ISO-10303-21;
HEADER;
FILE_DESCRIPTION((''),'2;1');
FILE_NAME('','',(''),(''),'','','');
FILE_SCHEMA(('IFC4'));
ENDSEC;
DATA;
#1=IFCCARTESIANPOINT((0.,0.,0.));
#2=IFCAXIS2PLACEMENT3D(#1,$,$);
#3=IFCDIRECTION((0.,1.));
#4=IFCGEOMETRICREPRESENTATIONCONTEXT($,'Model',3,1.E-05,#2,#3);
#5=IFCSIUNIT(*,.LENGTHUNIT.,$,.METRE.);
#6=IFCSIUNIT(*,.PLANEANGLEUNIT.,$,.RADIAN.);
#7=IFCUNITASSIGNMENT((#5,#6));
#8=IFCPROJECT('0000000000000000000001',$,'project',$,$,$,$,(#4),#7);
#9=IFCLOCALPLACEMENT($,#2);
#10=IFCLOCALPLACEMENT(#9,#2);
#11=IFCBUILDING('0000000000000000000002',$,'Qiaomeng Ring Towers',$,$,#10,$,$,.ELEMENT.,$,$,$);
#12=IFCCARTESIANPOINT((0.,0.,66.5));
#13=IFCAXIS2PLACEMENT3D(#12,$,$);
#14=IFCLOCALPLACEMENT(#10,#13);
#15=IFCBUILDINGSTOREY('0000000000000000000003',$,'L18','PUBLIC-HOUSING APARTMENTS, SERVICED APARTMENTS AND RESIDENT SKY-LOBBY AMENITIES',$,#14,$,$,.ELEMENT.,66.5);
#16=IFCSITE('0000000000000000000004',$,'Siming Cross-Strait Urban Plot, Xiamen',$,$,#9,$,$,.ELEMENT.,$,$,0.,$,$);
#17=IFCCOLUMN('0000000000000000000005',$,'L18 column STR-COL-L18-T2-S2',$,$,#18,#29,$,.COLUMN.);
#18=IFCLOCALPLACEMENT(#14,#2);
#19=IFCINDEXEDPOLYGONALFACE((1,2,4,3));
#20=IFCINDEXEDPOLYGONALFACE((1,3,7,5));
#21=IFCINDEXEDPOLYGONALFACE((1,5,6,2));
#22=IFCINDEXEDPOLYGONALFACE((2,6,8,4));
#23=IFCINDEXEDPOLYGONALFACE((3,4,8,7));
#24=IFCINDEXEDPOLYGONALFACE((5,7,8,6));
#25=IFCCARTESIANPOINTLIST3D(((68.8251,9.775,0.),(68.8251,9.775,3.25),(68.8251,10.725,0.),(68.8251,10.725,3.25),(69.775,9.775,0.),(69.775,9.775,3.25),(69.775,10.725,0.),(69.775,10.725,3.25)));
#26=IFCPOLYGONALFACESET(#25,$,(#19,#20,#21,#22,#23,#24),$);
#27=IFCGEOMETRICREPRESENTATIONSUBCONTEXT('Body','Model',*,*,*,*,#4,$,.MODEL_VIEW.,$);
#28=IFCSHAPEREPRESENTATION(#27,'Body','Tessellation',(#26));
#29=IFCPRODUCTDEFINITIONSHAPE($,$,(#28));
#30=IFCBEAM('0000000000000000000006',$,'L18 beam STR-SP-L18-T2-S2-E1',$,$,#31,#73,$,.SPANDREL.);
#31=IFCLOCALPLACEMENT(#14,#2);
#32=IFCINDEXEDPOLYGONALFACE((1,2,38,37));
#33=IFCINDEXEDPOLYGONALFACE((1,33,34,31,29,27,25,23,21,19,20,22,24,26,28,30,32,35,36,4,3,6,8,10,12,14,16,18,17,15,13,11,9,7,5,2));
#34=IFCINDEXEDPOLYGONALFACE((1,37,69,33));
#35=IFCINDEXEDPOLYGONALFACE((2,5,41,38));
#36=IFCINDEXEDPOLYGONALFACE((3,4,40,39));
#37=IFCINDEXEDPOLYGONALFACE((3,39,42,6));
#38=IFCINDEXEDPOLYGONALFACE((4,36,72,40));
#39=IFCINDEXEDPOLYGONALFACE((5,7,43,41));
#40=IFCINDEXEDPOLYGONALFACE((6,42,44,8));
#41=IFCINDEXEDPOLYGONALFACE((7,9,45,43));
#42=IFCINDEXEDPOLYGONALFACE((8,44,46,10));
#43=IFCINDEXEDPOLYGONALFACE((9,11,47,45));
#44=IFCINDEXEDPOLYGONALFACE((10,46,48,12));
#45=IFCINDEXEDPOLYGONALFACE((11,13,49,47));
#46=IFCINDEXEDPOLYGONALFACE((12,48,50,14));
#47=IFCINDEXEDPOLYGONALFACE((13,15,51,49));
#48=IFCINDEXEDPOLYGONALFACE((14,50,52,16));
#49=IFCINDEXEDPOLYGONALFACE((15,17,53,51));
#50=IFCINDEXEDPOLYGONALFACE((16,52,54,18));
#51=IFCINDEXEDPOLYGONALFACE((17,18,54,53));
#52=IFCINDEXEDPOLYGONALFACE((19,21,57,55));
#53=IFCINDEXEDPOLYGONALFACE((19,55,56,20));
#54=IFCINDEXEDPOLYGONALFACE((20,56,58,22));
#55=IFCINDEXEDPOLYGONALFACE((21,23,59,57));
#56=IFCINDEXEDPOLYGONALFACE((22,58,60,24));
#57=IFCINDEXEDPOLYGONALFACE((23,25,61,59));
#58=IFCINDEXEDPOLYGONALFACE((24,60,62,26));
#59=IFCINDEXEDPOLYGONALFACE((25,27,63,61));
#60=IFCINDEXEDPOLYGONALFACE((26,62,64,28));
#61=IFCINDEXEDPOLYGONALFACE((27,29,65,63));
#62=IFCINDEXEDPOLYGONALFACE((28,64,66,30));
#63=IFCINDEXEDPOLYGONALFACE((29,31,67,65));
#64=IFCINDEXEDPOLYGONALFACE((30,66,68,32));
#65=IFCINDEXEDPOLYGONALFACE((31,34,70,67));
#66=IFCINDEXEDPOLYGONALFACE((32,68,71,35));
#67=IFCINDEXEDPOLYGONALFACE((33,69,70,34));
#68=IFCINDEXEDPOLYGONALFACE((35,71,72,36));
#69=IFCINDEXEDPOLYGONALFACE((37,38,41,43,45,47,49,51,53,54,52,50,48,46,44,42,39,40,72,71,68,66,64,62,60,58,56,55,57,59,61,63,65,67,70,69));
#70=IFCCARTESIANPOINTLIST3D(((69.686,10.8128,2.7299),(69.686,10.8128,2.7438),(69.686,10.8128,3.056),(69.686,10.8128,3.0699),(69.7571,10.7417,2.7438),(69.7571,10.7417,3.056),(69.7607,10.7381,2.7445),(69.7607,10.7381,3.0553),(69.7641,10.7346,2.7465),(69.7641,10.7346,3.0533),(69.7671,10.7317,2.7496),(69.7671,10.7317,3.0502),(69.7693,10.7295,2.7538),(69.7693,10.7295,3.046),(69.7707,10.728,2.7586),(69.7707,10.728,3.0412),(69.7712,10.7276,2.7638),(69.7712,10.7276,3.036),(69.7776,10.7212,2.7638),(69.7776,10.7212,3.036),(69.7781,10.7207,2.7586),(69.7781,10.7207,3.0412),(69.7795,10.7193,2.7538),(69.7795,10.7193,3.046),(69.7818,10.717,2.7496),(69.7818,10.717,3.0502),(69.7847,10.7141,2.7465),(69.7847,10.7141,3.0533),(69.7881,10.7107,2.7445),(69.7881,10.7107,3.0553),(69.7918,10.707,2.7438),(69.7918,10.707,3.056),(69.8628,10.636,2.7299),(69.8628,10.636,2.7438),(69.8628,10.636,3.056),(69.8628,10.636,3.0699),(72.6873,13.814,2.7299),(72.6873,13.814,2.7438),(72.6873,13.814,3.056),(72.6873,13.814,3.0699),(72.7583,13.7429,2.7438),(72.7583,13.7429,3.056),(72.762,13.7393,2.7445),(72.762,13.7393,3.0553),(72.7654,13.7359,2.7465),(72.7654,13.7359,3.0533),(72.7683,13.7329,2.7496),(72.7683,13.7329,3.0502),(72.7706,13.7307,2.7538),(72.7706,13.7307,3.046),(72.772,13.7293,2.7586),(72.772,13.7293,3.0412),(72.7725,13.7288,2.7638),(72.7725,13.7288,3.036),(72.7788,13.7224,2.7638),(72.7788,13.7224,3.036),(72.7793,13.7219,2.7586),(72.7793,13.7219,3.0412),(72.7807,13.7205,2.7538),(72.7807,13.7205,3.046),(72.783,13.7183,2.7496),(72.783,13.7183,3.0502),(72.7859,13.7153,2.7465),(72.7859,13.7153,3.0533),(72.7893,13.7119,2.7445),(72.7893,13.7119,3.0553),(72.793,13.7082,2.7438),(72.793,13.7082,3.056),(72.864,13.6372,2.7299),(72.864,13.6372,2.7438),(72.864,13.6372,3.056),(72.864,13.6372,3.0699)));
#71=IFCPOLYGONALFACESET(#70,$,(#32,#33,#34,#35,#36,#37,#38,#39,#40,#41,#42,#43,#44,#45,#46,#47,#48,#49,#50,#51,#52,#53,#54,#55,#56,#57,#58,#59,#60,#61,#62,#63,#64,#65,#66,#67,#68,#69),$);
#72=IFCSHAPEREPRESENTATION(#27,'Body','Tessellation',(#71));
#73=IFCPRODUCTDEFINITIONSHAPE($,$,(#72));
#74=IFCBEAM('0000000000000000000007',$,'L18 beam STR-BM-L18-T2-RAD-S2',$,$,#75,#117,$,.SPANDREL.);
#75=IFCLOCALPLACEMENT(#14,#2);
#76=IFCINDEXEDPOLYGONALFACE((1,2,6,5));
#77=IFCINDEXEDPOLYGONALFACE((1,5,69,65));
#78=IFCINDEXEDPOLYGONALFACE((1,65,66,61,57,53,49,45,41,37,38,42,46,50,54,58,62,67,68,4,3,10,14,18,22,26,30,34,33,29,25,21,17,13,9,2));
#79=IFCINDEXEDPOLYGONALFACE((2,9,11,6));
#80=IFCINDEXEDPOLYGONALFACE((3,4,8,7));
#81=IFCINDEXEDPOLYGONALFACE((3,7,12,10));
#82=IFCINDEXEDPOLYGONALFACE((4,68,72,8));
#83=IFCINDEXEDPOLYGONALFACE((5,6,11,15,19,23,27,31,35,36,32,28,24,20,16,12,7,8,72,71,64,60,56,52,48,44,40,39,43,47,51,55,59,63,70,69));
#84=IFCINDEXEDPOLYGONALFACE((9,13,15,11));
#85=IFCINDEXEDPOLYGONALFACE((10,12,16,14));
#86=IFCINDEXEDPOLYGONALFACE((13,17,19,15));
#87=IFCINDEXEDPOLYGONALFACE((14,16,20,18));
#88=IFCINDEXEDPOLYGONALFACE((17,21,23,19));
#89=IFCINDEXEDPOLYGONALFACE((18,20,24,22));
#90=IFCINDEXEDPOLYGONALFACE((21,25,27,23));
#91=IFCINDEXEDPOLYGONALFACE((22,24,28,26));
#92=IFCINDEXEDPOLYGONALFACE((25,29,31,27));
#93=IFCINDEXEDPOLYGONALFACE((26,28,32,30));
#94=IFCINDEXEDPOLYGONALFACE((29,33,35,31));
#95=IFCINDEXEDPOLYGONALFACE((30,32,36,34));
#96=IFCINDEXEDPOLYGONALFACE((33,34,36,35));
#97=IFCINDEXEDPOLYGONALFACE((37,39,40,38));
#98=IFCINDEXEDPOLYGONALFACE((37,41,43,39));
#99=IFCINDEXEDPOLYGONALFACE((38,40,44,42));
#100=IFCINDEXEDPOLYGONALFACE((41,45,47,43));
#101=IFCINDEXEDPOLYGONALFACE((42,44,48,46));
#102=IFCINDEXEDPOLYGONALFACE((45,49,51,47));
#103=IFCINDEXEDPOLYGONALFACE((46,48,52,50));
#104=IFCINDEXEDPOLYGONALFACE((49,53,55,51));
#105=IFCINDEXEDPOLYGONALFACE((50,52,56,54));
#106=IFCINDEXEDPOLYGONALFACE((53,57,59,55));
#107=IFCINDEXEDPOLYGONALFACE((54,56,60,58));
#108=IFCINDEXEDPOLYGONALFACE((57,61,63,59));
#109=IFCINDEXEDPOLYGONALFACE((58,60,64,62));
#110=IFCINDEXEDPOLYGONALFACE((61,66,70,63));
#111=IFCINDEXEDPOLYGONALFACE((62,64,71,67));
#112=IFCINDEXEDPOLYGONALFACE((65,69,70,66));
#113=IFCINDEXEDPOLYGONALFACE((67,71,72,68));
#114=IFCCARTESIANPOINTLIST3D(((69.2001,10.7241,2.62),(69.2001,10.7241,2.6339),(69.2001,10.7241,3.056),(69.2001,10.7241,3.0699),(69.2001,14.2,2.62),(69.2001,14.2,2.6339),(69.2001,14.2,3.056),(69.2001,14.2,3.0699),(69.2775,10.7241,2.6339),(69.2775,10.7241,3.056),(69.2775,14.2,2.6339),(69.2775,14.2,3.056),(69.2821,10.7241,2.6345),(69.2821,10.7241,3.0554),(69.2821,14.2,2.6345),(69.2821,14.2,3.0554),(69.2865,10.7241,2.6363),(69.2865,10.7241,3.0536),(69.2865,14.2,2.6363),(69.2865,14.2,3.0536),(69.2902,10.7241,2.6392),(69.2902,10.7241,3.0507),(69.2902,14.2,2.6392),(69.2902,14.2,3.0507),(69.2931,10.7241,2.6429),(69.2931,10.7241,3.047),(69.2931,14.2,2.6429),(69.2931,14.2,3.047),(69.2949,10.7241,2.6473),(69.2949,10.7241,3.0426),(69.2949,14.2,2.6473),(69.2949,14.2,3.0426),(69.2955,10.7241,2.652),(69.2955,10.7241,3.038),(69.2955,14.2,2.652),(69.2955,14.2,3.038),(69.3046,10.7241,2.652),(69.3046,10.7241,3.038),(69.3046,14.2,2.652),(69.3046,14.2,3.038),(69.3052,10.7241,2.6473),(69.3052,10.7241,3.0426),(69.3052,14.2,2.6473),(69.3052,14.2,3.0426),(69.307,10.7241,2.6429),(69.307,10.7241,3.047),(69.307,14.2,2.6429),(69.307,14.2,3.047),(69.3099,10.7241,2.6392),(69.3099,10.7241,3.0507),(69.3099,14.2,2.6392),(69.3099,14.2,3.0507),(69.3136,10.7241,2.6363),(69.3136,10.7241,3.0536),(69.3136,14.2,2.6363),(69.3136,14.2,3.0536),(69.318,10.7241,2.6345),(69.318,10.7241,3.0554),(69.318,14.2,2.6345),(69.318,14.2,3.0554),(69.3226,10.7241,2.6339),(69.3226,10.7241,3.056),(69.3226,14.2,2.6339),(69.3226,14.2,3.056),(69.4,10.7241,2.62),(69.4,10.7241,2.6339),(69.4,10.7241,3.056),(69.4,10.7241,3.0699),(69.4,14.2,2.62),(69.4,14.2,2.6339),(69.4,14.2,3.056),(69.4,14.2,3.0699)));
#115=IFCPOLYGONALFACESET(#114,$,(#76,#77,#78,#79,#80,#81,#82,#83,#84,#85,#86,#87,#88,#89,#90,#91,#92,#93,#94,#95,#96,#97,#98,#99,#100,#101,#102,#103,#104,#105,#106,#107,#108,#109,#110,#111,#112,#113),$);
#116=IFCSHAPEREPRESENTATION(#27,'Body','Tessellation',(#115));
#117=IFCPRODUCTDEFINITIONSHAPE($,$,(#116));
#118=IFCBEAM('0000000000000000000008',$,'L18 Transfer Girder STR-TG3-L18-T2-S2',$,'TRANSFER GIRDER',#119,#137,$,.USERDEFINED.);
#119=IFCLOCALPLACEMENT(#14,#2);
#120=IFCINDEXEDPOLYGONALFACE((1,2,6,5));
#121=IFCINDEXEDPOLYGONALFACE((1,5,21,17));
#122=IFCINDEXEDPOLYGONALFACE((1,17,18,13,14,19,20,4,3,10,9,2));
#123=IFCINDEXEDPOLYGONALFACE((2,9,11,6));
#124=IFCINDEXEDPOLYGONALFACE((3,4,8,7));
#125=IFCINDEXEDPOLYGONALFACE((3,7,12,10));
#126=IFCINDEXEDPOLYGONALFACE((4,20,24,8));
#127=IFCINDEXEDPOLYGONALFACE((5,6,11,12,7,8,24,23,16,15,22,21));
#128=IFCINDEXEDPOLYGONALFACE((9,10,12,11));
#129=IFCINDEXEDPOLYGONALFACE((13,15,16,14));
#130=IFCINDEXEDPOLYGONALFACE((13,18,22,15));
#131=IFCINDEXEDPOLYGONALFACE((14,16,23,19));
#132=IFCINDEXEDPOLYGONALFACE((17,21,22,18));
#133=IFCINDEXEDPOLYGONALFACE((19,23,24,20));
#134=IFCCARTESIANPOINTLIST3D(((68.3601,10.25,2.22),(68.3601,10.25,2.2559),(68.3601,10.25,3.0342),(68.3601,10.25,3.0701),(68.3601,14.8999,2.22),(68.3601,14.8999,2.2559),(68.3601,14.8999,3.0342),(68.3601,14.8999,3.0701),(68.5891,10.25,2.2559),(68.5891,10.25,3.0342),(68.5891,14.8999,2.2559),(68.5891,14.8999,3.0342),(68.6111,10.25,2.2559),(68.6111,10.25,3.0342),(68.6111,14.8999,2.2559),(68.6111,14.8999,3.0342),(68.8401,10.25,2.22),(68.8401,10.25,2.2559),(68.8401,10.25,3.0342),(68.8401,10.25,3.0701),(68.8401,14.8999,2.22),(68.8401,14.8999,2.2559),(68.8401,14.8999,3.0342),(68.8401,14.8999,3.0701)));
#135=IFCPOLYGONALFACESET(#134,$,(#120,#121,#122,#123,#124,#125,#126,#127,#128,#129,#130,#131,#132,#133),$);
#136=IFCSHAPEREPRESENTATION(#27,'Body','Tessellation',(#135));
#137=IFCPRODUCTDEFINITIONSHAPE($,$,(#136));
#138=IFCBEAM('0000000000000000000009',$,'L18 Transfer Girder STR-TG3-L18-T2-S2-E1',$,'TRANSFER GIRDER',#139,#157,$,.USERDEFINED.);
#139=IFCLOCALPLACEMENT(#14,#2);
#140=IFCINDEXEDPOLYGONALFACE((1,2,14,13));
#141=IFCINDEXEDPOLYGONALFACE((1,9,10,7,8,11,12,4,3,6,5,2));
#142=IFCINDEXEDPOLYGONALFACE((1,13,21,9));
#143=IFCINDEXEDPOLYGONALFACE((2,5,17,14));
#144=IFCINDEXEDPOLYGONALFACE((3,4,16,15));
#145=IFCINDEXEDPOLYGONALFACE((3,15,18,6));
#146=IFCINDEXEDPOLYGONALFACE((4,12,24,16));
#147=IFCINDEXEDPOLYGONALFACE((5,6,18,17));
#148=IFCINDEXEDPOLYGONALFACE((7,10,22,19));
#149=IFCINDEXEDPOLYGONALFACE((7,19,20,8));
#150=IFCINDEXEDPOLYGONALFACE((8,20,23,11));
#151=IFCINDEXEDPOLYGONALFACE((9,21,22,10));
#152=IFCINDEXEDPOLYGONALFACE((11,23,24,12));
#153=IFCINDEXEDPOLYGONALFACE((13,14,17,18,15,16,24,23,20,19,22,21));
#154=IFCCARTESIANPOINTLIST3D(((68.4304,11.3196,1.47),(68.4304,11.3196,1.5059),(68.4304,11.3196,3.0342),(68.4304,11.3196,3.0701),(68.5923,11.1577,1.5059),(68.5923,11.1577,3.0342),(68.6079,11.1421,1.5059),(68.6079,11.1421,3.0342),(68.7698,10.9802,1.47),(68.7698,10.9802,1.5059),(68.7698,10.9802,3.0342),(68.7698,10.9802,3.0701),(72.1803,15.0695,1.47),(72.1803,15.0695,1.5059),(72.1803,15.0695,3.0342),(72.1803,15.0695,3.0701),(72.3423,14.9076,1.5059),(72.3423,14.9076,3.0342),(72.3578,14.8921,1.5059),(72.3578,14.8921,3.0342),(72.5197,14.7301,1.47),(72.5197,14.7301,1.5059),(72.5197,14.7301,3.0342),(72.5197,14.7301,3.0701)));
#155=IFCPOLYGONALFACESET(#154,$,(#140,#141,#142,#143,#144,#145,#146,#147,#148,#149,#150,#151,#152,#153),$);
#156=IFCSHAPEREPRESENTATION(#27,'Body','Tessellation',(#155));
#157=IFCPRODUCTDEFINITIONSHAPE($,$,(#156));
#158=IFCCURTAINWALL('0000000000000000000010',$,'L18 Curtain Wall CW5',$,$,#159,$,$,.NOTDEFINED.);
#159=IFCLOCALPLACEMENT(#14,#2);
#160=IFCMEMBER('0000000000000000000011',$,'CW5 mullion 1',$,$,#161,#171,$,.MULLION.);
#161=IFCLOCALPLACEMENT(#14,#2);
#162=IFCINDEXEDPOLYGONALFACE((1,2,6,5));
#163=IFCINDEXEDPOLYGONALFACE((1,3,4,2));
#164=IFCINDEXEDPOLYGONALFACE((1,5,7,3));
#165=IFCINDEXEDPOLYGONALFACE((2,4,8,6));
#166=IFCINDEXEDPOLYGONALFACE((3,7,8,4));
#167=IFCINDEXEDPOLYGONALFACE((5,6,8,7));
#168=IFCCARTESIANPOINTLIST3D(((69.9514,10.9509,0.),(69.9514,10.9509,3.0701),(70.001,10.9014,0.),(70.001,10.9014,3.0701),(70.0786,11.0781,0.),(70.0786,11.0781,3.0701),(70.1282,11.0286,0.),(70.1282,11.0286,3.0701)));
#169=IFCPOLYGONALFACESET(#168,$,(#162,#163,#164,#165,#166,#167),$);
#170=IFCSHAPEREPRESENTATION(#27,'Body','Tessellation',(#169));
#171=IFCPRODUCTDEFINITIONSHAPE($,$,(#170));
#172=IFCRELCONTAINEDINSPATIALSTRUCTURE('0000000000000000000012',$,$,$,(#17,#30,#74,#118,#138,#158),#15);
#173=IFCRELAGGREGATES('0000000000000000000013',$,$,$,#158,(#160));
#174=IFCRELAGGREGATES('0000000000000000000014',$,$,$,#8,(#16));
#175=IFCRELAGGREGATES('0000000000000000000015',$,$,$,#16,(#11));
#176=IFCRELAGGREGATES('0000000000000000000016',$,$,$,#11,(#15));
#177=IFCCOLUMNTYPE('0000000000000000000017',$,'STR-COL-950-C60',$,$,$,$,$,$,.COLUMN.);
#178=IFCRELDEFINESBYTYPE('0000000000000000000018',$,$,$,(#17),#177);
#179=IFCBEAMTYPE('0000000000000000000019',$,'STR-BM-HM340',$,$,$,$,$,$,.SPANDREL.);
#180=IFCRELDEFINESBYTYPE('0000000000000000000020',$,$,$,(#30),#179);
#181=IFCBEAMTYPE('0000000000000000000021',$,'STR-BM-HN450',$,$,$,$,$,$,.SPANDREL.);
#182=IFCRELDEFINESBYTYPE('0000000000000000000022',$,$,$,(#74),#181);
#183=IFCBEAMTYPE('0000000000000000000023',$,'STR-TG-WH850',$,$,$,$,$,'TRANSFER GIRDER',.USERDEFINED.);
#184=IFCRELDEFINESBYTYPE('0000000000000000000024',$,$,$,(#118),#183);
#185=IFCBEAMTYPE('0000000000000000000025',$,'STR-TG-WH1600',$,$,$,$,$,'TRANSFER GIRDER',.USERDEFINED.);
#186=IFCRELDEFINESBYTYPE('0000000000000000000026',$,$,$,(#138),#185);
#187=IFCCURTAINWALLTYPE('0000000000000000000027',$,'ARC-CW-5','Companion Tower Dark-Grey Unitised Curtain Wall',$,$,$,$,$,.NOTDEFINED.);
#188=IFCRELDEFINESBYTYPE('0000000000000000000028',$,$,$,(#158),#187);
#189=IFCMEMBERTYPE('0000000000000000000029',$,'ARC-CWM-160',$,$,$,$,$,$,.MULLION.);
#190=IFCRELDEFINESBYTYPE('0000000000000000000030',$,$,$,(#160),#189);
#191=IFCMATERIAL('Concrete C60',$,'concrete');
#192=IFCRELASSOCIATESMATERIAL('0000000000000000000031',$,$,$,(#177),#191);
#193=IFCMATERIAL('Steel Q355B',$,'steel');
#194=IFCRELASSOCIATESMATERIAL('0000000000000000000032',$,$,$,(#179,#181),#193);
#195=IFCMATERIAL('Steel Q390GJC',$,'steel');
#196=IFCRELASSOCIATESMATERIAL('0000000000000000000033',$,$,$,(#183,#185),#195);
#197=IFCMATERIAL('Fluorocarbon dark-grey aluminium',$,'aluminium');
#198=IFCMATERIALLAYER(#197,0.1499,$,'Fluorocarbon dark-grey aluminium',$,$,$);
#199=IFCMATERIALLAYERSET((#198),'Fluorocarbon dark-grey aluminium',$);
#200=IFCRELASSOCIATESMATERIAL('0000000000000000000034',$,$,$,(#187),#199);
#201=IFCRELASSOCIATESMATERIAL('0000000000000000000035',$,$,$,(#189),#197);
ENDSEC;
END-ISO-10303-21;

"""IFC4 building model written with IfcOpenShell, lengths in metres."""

from ifc_helpers import new_model, si_unit, direction, frame, origin, origin_2d, place, context, subcontext, project, spatial, rectangle, i_section, extrude, source, transform, mapped, material, layer, layer_set, material_profile, profile_set, type_object, element, aggregate, save


model = new_model("IFC4")

# Units and contexts
model_context = context("Model", 3, precision=1e-05, world=origin(), true_north=direction((0.0, 1.0)))
body_context = subcontext(model_context, "Body", "Model", "MODEL_VIEW")
ifc_project = project(units=[si_unit("LENGTHUNIT", "METRE"), si_unit("PLANEANGLEUNIT", "RADIAN")], contexts=[model_context])

# Site, building, storey
site_placement = place(None, origin())
site = spatial("IfcSite", under=ifc_project, at=site_placement, Name="Siming Cross-Strait Urban Plot, Xiamen", CompositionType="ELEMENT", RefElevation=0.0)
building_placement = place(site_placement, origin())
building = spatial("IfcBuilding", under=site, at=building_placement, Name="Qiaomeng Ring Towers", CompositionType="ELEMENT")
storey_placement = place(building_placement, frame((0.0, 0.0, 66.5)))
storey = spatial("IfcBuildingStorey", under=building, at=storey_placement, Name="L18", Description="PUBLIC-HOUSING APARTMENTS, SERVICED APARTMENTS AND RESIDENT SKY-LOBBY AMENITIES", CompositionType="ELEMENT", Elevation=66.5)

# Column
ifc_material_1 = material(Name="Concrete C60", Category="concrete")
ifc_material_profile_1 = material_profile(ifc_material_1, rectangle(XDim=0.95, YDim=0.95, at=origin_2d()), Name="RC COL 950x950")
ifc_profile_set_1 = profile_set([ifc_material_profile_1], Name="Concrete C60")
column_type = type_object("IfcColumnType", Name="STR-COL-950-C60", PredefinedType="COLUMN", material=ifc_profile_set_1)
shared_shape_1 = source(origin(), body_context, "Body", "SweptSolid", [
    extrude(rectangle(XDim=0.95, YDim=0.95, at=origin_2d()), origin(), (0.0, 0.0, 1.0), 3.25),
])
column_placement = place(storey_placement, frame((69.3, 10.25, 0.0), z_axis=(0.0, 0.0, 1.0), x_axis=(1.0, 0.0, 0.0)))
element("IfcColumn", 1, at=column_placement, inside=storey, type_object=column_type, Name="L18 column STR-COL-L18-T2-S2", PredefinedType="COLUMN", context=body_context, shape_type="MappedRepresentation", body=[
    mapped(shared_shape_1, transform((0.0, 0.0, 0.0), x_axis=(1.0, 0.0, 0.0), y_axis=(0.0, 1.0, 0.0), z_axis=(0.0, 0.0, 1.0), scale=1.0)),
])

# Beams
ifc_material_2 = material(Name="Steel Q355B", Category="steel")
ifc_material_profile_2 = material_profile(ifc_material_2, i_section(OverallWidth=0.25, OverallDepth=0.3401, WebThickness=0.009, FlangeThickness=0.0139, FilletRadius=0.02, at=origin_2d()), Name="HM 340x250x9x14")
ifc_profile_set_2 = profile_set([ifc_material_profile_2], Name="Steel Q355B")
beam_type_1 = type_object("IfcBeamType", Name="STR-BM-HM340", PredefinedType="SPANDREL", material=ifc_profile_set_2)
shared_shape_2 = source(origin(), body_context, "Body", "SweptSolid", [
    extrude(i_section(OverallWidth=0.25, OverallDepth=0.3401, WebThickness=0.009, FlangeThickness=0.0139, FilletRadius=0.02, at=origin_2d()), origin(), (0.0, 0.0, 1.0), 4.2444),
])
beam_1_placement = place(storey_placement, frame((69.7744, 10.7244, 2.8999), z_axis=(0.707107, 0.707107, 0.0), x_axis=(-0.707107, 0.707107, 0.0)))
element("IfcBeam", 2, at=beam_1_placement, inside=storey, type_object=beam_type_1, Name="L18 beam STR-SP-L18-T2-S2-E1", PredefinedType="SPANDREL", context=body_context, shape_type="MappedRepresentation", body=[
    mapped(shared_shape_2, transform((0.0, 0.0, 0.0), x_axis=(1.0, 0.0, 0.0), y_axis=(0.0, 1.0, 0.0), z_axis=(0.0, 0.0, 1.0), scale=1.0)),
])
ifc_material_profile_3 = material_profile(ifc_material_2, i_section(OverallWidth=0.2, OverallDepth=0.45, WebThickness=0.009, FlangeThickness=0.0139, FilletRadius=0.0181, at=origin_2d()), Name="HN 450x200x9x14")
ifc_profile_set_3 = profile_set([ifc_material_profile_3], Name="Steel Q355B")
beam_type_2 = type_object("IfcBeamType", Name="STR-BM-HN450", PredefinedType="SPANDREL", material=ifc_profile_set_3)
shared_shape_3 = source(origin(), body_context, "Body", "SweptSolid", [
    extrude(i_section(OverallWidth=0.2, OverallDepth=0.45, WebThickness=0.009, FlangeThickness=0.0139, FilletRadius=0.0181, at=origin_2d()), origin(), (0.0, 0.0, 1.0), 3.4758),
])
beam_2_placement = place(storey_placement, frame((69.3, 10.7241, 2.845), z_axis=(0.0, 1.0, 0.0), x_axis=(-1.0, 0.0, 0.0)))
element("IfcBeam", 3, at=beam_2_placement, inside=storey, type_object=beam_type_2, Name="L18 beam STR-BM-L18-T2-RAD-S2", PredefinedType="SPANDREL", context=body_context, shape_type="MappedRepresentation", body=[
    mapped(shared_shape_3, transform((0.0, 0.0, 0.0), x_axis=(1.0, 0.0, 0.0), y_axis=(0.0, 1.0, 0.0), z_axis=(0.0, 0.0, 1.0), scale=1.0)),
])
ifc_material_3 = material(Name="Steel Q390GJC", Category="steel")
ifc_material_profile_4 = material_profile(ifc_material_3, i_section(OverallWidth=0.48, OverallDepth=0.8501, WebThickness=0.022, FlangeThickness=0.0359, at=origin_2d()), Name="WH 850x480x22x36")
ifc_profile_set_4 = profile_set([ifc_material_profile_4], Name="Steel Q390GJC")
beam_type_3 = type_object("IfcBeamType", Name="STR-TG-WH850", ElementType="TRANSFER GIRDER", PredefinedType="USERDEFINED", material=ifc_profile_set_4)
shared_shape_4 = source(origin(), body_context, "Body", "SweptSolid", [
    extrude(i_section(OverallWidth=0.48, OverallDepth=0.8501, WebThickness=0.022, FlangeThickness=0.0359, at=origin_2d()), origin(), (0.0, 0.0, 1.0), 4.6499),
])
beam_3_placement = place(storey_placement, frame((68.6001, 10.25, 2.645), z_axis=(0.0, 1.0, 0.0), x_axis=(-1.0, 0.0, 0.0)))
element("IfcBeam", 4, at=beam_3_placement, inside=storey, type_object=beam_type_3, Name="L18 Transfer Girder STR-TG3-L18-T2-S2", ObjectType="TRANSFER GIRDER", PredefinedType="USERDEFINED", context=body_context, shape_type="MappedRepresentation", body=[
    mapped(shared_shape_4, transform((0.0, 0.0, 0.0), x_axis=(1.0, 0.0, 0.0), y_axis=(0.0, 1.0, 0.0), z_axis=(0.0, 0.0, 1.0), scale=1.0)),
])
ifc_material_profile_5 = material_profile(ifc_material_3, i_section(OverallWidth=0.48, OverallDepth=1.6001, WebThickness=0.022, FlangeThickness=0.0359, at=origin_2d()), Name="WH 1600x480x22x36")
ifc_profile_set_5 = profile_set([ifc_material_profile_5], Name="Steel Q390GJC")
beam_type_4 = type_object("IfcBeamType", Name="STR-TG-WH1600", ElementType="TRANSFER GIRDER", PredefinedType="USERDEFINED", material=ifc_profile_set_5)
shared_shape_5 = source(origin(), body_context, "Body", "SweptSolid", [
    extrude(i_section(OverallWidth=0.48, OverallDepth=1.6001, WebThickness=0.022, FlangeThickness=0.0359, at=origin_2d()), origin(), (0.0, 0.0, 1.0), 5.3032),
])
beam_4_placement = place(storey_placement, frame((68.6001, 11.1499, 2.27), z_axis=(0.707107, 0.707107, 0.0), x_axis=(-0.707107, 0.707107, 0.0)))
element("IfcBeam", 5, at=beam_4_placement, inside=storey, type_object=beam_type_4, Name="L18 Transfer Girder STR-TG3-L18-T2-S2-E1", ObjectType="TRANSFER GIRDER", PredefinedType="USERDEFINED", context=body_context, shape_type="MappedRepresentation", body=[
    mapped(shared_shape_5, transform((0.0, 0.0, 0.0), x_axis=(1.0, 0.0, 0.0), y_axis=(0.0, 1.0, 0.0), z_axis=(0.0, 0.0, 1.0), scale=1.0)),
])

# Curtain wall, member
ifc_material_4 = material(Name="Fluorocarbon dark-grey aluminium", Category="aluminium")
ifc_layer_1 = layer(ifc_material_4, 0.1499, Name="Fluorocarbon dark-grey aluminium")
ifc_layer_set_1 = layer_set([ifc_layer_1], Name="Fluorocarbon dark-grey aluminium")
curtain_wall_type = type_object("IfcCurtainWallType", Name="ARC-CW-5", Description="Companion Tower Dark-Grey Unitised Curtain Wall", PredefinedType="NOTDEFINED", material=ifc_layer_set_1)
curtain_wall_1_placement = place(storey_placement, origin())
curtain_wall_1 = element("IfcCurtainWall", 6, at=curtain_wall_1_placement, inside=storey, type_object=curtain_wall_type, Name="L18 Curtain Wall CW5", PredefinedType="NOTDEFINED")
ifc_material_profile_6 = material_profile(ifc_material_4, rectangle(XDim=0.0701, YDim=0.1799, at=origin_2d()), Name="ALU MULL 70x180")
ifc_profile_set_6 = profile_set([ifc_material_profile_6], Name="Fluorocarbon dark-grey aluminium")
member_type_1 = type_object("IfcMemberType", Name="ARC-CWM-160", PredefinedType="MULLION", material=ifc_profile_set_6)
shared_shape_6 = source(origin(), body_context, "Body", "SweptSolid", [
    extrude(rectangle(XDim=0.0701, YDim=0.1799, at=origin_2d()), origin(), (0.0, 0.0, 1.0), 3.0701),
])
member_1_placement = place(storey_placement, frame((70.0398, 10.9897, 0.0), z_axis=(0.0, 0.0, 1.0), x_axis=(-0.707107, 0.707107, 0.0)))
member_1 = element("IfcMember", 7, at=member_1_placement, type_object=member_type_1, Name="CW5 mullion 1", PredefinedType="MULLION", context=body_context, shape_type="MappedRepresentation", body=[
    mapped(shared_shape_6, transform((0.0, 0.0, 0.0), x_axis=(1.0, 0.0, 0.0), y_axis=(0.0, 1.0, 0.0), z_axis=(0.0, 0.0, 1.0), scale=1.0)),
])

aggregate(curtain_wall_1, [member_1])

save(model, "model.ifc")
